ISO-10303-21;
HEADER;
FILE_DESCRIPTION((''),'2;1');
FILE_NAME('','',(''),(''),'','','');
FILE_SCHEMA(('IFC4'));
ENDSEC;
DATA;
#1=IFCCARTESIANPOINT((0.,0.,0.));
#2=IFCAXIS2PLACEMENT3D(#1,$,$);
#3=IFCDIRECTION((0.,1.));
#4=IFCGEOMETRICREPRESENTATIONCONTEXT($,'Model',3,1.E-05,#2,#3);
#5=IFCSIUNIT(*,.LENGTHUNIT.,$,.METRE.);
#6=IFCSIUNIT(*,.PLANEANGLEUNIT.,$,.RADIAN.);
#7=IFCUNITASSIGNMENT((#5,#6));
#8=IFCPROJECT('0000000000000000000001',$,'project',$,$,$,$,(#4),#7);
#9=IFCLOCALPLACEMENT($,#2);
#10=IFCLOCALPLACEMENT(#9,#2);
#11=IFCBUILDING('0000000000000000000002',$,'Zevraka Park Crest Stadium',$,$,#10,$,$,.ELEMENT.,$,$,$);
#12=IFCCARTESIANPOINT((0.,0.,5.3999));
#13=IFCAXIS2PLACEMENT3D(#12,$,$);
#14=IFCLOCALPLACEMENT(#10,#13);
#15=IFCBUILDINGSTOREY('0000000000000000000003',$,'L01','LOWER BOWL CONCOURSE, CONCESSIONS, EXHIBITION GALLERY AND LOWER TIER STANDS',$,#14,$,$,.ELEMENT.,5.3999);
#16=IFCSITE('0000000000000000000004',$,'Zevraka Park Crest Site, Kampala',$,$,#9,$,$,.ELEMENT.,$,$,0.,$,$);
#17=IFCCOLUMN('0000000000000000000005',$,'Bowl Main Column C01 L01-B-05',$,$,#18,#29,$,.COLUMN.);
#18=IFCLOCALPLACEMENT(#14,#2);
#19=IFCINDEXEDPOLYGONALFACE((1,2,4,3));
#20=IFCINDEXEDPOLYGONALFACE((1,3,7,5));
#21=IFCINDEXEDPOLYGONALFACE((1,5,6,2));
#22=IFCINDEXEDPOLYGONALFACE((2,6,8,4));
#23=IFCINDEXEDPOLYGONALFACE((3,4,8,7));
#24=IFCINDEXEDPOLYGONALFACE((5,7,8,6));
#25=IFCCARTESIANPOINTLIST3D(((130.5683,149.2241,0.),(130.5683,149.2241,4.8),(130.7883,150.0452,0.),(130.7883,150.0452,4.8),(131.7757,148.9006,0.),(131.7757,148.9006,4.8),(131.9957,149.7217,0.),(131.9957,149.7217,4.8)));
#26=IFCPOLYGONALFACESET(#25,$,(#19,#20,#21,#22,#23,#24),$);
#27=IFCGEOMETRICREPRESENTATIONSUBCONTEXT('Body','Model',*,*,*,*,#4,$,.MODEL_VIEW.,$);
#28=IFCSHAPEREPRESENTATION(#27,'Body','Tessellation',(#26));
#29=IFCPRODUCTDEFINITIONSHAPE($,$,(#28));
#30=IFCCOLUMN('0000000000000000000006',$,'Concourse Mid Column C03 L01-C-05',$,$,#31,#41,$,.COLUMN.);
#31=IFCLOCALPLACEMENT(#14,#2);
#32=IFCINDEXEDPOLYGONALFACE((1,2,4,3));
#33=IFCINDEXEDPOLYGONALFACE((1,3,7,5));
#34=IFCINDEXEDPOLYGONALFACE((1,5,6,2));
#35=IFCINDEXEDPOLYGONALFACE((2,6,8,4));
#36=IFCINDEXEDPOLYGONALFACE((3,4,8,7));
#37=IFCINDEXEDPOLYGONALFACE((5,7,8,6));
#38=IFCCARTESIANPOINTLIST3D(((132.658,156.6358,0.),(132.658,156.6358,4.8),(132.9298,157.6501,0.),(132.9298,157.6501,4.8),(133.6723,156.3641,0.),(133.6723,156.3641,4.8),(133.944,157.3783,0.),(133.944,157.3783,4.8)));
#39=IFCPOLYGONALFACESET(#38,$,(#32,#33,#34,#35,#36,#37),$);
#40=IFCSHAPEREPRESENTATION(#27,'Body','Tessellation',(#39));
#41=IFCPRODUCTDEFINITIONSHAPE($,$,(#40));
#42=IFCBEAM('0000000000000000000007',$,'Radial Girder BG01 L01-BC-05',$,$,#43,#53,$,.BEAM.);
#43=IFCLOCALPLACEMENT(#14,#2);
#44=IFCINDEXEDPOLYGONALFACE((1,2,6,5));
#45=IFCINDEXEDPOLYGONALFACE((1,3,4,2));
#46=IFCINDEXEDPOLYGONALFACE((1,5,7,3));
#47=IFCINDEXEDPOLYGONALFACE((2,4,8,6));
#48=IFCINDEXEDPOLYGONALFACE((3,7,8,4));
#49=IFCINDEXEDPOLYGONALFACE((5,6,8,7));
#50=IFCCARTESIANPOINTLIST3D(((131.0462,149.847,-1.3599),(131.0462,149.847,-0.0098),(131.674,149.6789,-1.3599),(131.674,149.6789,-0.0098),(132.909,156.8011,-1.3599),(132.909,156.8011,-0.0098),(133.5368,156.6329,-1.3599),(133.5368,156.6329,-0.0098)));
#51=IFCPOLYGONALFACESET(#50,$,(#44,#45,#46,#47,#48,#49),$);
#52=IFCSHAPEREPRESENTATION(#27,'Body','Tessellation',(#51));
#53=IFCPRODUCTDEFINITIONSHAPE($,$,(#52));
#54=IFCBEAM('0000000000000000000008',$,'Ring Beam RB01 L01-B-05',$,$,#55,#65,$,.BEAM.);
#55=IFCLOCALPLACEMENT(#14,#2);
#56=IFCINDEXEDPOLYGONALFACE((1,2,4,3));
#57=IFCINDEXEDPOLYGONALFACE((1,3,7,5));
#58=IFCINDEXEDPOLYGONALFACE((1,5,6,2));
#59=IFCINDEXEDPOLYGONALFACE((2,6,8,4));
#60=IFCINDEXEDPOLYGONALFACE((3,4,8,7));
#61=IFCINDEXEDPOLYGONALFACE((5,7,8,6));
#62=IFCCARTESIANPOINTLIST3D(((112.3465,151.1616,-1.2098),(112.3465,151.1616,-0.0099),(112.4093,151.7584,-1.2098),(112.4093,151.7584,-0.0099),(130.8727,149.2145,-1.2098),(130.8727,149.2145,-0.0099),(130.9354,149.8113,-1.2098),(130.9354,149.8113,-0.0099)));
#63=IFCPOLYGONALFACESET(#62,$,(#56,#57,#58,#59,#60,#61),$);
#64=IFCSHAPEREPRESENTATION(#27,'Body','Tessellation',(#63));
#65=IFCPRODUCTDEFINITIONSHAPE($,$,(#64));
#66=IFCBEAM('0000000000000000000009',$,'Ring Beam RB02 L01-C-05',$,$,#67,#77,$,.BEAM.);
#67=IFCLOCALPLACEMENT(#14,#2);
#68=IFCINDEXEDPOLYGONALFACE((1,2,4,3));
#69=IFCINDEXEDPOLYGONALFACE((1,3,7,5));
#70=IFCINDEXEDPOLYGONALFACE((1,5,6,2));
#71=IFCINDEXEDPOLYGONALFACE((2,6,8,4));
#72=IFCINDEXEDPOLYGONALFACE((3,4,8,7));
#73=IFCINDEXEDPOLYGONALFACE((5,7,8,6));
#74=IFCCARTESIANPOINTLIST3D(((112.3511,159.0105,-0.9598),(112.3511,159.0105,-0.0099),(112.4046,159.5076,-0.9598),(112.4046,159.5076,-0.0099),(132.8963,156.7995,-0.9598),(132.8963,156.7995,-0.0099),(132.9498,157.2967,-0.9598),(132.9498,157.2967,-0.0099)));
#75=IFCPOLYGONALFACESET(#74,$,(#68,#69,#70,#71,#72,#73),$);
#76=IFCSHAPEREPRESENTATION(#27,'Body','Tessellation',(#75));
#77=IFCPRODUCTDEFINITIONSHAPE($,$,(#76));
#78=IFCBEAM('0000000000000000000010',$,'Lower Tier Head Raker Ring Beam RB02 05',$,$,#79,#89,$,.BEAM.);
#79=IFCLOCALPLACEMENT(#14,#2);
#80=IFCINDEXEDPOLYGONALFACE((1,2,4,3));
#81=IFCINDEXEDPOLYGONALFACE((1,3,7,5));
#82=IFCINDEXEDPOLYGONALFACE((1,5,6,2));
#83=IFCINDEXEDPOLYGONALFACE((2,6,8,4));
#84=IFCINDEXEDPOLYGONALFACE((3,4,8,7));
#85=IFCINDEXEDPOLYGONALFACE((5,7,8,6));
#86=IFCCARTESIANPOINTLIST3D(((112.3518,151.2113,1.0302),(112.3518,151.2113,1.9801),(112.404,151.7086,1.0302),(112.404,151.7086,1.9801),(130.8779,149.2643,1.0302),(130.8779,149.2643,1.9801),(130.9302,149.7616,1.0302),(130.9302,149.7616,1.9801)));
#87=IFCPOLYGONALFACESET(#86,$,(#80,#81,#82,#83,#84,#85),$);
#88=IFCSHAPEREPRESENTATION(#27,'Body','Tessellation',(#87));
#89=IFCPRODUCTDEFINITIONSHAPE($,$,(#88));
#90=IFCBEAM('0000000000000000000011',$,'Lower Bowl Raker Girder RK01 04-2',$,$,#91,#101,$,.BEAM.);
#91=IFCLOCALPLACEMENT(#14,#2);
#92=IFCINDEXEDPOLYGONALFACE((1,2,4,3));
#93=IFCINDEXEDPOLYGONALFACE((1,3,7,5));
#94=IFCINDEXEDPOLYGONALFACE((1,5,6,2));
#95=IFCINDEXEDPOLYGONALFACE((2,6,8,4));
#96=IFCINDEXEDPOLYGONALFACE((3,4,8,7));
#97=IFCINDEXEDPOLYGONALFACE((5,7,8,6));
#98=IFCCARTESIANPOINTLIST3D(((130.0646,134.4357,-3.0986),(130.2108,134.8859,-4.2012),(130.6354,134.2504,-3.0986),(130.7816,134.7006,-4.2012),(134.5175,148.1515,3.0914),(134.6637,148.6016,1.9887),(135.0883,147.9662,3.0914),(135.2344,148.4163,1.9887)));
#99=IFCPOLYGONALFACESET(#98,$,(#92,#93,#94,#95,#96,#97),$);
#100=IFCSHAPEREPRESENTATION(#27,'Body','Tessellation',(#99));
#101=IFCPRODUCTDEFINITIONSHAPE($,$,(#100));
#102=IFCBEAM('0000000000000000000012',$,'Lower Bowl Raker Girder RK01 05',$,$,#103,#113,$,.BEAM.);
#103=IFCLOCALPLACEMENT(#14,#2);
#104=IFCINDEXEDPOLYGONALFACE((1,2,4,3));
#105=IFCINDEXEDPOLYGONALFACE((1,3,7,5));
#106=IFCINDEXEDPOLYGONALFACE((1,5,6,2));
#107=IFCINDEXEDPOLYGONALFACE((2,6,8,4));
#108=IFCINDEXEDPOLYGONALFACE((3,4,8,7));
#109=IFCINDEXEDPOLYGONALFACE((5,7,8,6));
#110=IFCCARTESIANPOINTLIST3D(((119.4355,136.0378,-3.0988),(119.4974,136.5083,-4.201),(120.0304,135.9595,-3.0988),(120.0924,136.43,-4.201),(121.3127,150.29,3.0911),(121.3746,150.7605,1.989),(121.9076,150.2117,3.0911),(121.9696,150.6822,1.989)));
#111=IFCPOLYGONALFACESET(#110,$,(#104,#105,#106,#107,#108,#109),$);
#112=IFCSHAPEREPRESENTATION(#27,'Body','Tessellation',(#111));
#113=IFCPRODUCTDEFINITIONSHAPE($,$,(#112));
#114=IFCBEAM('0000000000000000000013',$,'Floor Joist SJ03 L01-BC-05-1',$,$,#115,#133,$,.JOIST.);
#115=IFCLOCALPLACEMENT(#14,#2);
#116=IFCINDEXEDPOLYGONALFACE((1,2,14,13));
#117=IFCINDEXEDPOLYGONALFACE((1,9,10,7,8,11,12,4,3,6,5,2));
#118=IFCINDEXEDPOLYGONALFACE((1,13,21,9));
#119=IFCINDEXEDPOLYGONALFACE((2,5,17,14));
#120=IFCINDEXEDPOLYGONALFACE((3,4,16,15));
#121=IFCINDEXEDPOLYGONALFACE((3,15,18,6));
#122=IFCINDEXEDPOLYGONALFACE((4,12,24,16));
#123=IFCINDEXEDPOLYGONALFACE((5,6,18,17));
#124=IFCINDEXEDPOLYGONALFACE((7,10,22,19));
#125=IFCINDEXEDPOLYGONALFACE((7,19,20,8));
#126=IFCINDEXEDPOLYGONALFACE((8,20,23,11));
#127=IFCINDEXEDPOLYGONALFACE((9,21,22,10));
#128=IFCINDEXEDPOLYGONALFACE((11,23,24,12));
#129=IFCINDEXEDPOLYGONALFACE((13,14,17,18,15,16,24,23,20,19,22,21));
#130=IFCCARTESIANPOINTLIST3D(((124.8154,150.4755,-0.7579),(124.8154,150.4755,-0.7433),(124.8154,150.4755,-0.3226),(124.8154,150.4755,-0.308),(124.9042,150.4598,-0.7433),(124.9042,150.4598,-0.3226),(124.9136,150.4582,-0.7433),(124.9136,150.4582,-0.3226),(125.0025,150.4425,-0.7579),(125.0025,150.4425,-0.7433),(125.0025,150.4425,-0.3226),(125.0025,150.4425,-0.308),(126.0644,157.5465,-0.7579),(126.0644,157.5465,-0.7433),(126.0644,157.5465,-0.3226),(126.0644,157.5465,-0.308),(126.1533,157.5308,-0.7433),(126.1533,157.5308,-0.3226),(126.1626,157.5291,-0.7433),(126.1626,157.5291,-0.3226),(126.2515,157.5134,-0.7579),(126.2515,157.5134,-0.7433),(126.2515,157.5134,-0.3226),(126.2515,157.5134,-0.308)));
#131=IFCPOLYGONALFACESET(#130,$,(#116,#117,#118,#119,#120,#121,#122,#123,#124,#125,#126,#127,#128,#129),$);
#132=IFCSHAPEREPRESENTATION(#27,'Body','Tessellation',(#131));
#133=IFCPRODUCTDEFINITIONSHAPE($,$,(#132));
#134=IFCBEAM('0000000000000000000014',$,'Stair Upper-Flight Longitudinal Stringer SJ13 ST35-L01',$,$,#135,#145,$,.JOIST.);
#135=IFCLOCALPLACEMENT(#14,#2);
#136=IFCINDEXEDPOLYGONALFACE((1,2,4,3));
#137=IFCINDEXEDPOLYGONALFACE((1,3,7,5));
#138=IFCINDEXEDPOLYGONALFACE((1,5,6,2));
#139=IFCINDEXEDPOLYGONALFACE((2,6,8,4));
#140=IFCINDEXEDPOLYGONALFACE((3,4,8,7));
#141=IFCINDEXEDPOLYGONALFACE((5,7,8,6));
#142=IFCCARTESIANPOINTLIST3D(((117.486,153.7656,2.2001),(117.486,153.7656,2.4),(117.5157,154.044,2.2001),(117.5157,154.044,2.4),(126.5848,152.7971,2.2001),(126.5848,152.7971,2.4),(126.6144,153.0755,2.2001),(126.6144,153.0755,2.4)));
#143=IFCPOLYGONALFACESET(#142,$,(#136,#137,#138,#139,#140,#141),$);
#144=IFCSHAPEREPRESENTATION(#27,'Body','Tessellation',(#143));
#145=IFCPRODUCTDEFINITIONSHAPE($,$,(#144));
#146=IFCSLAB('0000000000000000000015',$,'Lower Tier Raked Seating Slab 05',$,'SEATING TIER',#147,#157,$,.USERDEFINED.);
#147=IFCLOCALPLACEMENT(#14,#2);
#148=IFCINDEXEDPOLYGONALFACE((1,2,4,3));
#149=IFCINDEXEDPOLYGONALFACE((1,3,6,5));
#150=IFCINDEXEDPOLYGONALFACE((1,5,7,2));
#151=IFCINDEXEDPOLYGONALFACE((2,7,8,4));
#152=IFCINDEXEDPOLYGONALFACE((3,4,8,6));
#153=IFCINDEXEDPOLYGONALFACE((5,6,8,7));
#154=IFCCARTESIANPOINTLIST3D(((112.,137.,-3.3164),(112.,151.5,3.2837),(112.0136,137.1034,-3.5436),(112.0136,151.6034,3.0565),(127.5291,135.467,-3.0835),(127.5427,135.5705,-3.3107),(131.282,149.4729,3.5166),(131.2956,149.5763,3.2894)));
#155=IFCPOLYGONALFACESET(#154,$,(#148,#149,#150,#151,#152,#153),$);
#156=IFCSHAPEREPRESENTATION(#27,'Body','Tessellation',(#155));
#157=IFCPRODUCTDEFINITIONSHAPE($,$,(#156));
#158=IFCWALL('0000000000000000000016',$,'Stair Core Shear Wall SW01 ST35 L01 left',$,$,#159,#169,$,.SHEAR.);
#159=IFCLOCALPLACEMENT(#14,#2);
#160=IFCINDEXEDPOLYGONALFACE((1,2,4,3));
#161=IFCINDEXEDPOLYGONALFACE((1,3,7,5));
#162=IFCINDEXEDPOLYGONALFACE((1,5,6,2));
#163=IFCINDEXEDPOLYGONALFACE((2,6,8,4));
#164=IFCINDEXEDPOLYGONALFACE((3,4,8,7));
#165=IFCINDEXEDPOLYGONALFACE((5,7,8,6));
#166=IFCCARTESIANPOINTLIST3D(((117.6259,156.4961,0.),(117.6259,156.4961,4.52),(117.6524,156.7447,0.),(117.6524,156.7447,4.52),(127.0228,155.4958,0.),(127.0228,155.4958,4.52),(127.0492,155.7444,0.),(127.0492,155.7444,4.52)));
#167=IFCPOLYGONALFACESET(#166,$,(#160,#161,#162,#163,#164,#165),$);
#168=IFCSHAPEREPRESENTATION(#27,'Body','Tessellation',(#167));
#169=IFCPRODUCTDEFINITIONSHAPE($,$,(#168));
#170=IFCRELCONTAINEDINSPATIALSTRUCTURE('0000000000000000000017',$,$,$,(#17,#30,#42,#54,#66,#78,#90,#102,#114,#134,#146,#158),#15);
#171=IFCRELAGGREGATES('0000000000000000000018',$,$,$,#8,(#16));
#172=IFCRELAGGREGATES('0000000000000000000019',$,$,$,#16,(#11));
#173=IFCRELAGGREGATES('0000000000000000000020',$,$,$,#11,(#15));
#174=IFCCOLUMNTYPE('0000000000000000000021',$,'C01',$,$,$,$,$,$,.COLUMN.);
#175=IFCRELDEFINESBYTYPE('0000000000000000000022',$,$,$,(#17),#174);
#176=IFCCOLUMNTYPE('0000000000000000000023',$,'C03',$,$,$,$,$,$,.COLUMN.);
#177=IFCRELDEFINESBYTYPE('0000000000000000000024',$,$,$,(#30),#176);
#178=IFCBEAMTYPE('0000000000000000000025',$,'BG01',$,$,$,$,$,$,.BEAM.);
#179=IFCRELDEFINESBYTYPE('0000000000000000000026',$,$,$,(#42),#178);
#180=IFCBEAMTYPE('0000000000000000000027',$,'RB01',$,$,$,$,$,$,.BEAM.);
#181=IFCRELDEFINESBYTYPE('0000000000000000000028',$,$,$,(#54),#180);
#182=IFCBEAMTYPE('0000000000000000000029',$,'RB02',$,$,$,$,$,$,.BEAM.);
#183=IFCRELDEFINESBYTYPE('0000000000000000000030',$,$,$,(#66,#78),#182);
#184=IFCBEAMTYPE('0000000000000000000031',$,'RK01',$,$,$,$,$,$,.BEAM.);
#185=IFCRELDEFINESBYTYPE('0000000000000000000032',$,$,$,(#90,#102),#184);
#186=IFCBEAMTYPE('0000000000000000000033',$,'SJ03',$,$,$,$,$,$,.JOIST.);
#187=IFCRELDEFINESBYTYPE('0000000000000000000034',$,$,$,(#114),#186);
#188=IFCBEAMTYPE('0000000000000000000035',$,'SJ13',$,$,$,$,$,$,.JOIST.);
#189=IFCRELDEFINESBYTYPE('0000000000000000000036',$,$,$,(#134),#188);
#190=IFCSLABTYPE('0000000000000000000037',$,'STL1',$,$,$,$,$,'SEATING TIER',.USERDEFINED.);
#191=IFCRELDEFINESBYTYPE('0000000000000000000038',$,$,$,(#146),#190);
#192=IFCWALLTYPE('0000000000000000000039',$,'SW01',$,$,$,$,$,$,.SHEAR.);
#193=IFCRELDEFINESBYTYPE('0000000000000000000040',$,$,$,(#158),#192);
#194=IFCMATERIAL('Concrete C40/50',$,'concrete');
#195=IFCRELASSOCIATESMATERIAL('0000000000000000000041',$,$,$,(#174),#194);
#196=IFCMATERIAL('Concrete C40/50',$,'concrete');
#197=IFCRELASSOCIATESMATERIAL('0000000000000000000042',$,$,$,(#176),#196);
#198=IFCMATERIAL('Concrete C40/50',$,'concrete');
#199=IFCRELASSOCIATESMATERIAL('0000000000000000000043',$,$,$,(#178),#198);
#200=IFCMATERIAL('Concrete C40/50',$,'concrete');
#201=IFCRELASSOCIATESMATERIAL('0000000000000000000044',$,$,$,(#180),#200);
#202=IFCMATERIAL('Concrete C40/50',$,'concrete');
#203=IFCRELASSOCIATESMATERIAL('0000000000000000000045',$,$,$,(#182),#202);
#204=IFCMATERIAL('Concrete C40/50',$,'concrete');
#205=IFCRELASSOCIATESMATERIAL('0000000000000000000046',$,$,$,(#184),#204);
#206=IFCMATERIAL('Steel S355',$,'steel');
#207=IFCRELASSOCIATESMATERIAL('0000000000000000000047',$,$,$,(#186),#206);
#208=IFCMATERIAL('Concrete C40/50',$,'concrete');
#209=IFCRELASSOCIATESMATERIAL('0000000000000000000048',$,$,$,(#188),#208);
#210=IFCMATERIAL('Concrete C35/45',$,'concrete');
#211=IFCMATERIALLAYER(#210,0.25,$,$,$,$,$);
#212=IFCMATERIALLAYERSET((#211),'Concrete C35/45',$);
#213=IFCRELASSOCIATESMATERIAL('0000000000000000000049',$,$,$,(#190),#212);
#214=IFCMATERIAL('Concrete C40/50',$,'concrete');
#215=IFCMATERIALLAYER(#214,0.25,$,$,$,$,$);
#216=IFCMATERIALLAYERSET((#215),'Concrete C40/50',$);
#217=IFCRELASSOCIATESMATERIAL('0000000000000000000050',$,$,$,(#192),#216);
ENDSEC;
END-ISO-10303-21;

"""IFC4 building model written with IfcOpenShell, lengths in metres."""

from ifc_helpers import new_model, si_unit, direction, frame, frame_2d, origin, origin_2d, place, context, subcontext, project, spatial, polyline, rectangle, i_section, outline, extrude, material, layer, layer_set, material_profile, profile_set, type_object, element, save


model = new_model("IFC4")

# Units and contexts
model_context = context("Model", 3, precision=1e-05, world=origin(), true_north=direction((0.0, 1.0)))
body_context = subcontext(model_context, "Body", "Model", "MODEL_VIEW")
ifc_project = project(units=[si_unit("LENGTHUNIT", "METRE"), si_unit("PLANEANGLEUNIT", "RADIAN")], contexts=[model_context])

# Site, building, storey
site_placement = place(None, origin())
site = spatial("IfcSite", under=ifc_project, at=site_placement, Name="Zevraka Park Crest Site, Kampala", CompositionType="ELEMENT", RefElevation=0.0)
building_placement = place(site_placement, origin())
building = spatial("IfcBuilding", under=site, at=building_placement, Name="Zevraka Park Crest Stadium", CompositionType="ELEMENT")
storey_placement = place(building_placement, frame((0.0, 0.0, 5.3999)))
storey = spatial("IfcBuildingStorey", under=building, at=storey_placement, Name="L01", Description="LOWER BOWL CONCOURSE, CONCESSIONS, EXHIBITION GALLERY AND LOWER TIER STANDS", CompositionType="ELEMENT", Elevation=5.3999)

# Columns
ifc_material_1 = material(Name="Concrete C40/50", Category="concrete")
ifc_material_profile_1 = material_profile(ifc_material_1, rectangle(XDim=0.8501, YDim=1.25, at=origin_2d()), Name="RC 1250x850")
ifc_profile_set_1 = profile_set([ifc_material_profile_1], Name="Concrete C40/50")
column_type_1 = type_object("IfcColumnType", Name="C01", PredefinedType="COLUMN", material=ifc_profile_set_1)
column_1_placement = place(storey_placement, frame((131.282, 149.4729, 0.0), z_axis=(0.0, 0.0, 1.0), x_axis=(0.258819, 0.965926, 0.0)))
element("IfcColumn", 1, at=column_1_placement, inside=storey, type_object=column_type_1, Name="Bowl Main Column C01 L01-B-05", PredefinedType="COLUMN", context=body_context, shape_type="SweptSolid", body=[
    extrude(rectangle(XDim=0.8501, YDim=1.25, at=origin_2d()), origin(), (0.0, 0.0, 1.0), 4.8),
])
ifc_material_2 = material(Name="Concrete C40/50", Category="concrete")
ifc_material_profile_2 = material_profile(ifc_material_2, rectangle(XDim=1.05, YDim=1.05, at=origin_2d()), Name="RC 1050x1050")
ifc_profile_set_2 = profile_set([ifc_material_profile_2], Name="Concrete C40/50")
column_type_2 = type_object("IfcColumnType", Name="C03", PredefinedType="COLUMN", material=ifc_profile_set_2)
column_2_placement = place(storey_placement, frame((133.301, 157.0071, 0.0), z_axis=(0.0, 0.0, 1.0), x_axis=(0.258819, 0.965926, 0.0)))
element("IfcColumn", 2, at=column_2_placement, inside=storey, type_object=column_type_2, Name="Concourse Mid Column C03 L01-C-05", PredefinedType="COLUMN", context=body_context, shape_type="SweptSolid", body=[
    extrude(rectangle(XDim=1.05, YDim=1.05, at=origin_2d()), origin(), (0.0, 0.0, 1.0), 4.8),
])

# Beams
ifc_material_3 = material(Name="Concrete C40/50", Category="concrete")
ifc_material_profile_3 = material_profile(ifc_material_3, rectangle(XDim=0.6499, YDim=1.3501, at=origin_2d()), Name="RC 1350x650")
ifc_profile_set_3 = profile_set([ifc_material_profile_3], Name="Concrete C40/50")
beam_type_1 = type_object("IfcBeamType", Name="BG01", PredefinedType="BEAM", material=ifc_profile_set_3)
beam_1_placement = place(storey_placement, frame((131.3601, 149.7629, -0.6848), z_axis=(0.258747, 0.965945, 0.0), x_axis=(-0.965945, 0.258747, 0.0)))
element("IfcBeam", 3, at=beam_1_placement, inside=storey, type_object=beam_type_1, Name="Radial Girder BG01 L01-BC-05", PredefinedType="BEAM", context=body_context, shape_type="SweptSolid", body=[
    extrude(rectangle(XDim=0.6499, YDim=1.3501, at=origin_2d()), origin(), (0.0, 0.0, 1.0), 7.1992),
])
ifc_material_4 = material(Name="Concrete C40/50", Category="concrete")
ifc_material_profile_4 = material_profile(ifc_material_4, rectangle(XDim=0.6001, YDim=1.2, at=origin_2d()), Name="RC 1200x600")
ifc_profile_set_4 = profile_set([ifc_material_profile_4], Name="Concrete C40/50")
beam_type_2 = type_object("IfcBeamType", Name="RB01", PredefinedType="BEAM", material=ifc_profile_set_4)
beam_2_placement = place(storey_placement, frame((130.9041, 149.5129, -0.6099), z_axis=(-0.994523, 0.10452, 0.0), x_axis=(-0.10452, -0.994523, 0.0)))
element("IfcBeam", 4, at=beam_2_placement, inside=storey, type_object=beam_type_2, Name="Ring Beam RB01 L01-B-05", PredefinedType="BEAM", context=body_context, shape_type="SweptSolid", body=[
    extrude(rectangle(XDim=0.6001, YDim=1.2, at=origin_2d()), origin(), (0.0, 0.0, 1.0), 18.6282),
])
ifc_material_5 = material(Name="Concrete C40/50", Category="concrete")
ifc_material_profile_5 = material_profile(ifc_material_5, rectangle(XDim=0.5, YDim=0.95, at=origin_2d()), Name="RC 950x500")
ifc_profile_set_5 = profile_set([ifc_material_profile_5], Name="Concrete C40/50")
beam_type_3 = type_object("IfcBeamType", Name="RB02", PredefinedType="BEAM", material=ifc_profile_set_5)
beam_3_placement = place(storey_placement, frame((132.9231, 157.0481, -0.4849), z_axis=(-0.994259, 0.106996, 0.0), x_axis=(-0.106996, -0.994259, 0.0)))
element("IfcBeam", 5, at=beam_3_placement, inside=storey, type_object=beam_type_3, Name="Ring Beam RB02 L01-C-05", PredefinedType="BEAM", context=body_context, shape_type="SweptSolid", body=[
    extrude(rectangle(XDim=0.5, YDim=0.95, at=origin_2d()), origin(), (0.0, 0.0, 1.0), 20.6638),
])
beam_4_placement = place(storey_placement, frame((130.9041, 149.5129, 1.5051), z_axis=(-0.994523, 0.10452, 0.0), x_axis=(-0.10452, -0.994523, 0.0)))
element("IfcBeam", 6, at=beam_4_placement, inside=storey, type_object=beam_type_3, Name="Lower Tier Head Raker Ring Beam RB02 05", PredefinedType="BEAM", context=body_context, shape_type="SweptSolid", body=[
    extrude(rectangle(XDim=0.5, YDim=0.95, at=origin_2d()), origin(), (0.0, 0.0, 1.0), 18.6282),
])
ifc_material_6 = material(Name="Concrete C40/50", Category="concrete")
ifc_material_profile_6 = material_profile(ifc_material_6, rectangle(XDim=0.6001, YDim=1.2, at=origin_2d()), Name="RC 1200x600")
ifc_profile_set_6 = profile_set([ifc_material_profile_6], Name="Concrete C40/50")
beam_type_4 = type_object("IfcBeamType", Name="RK01", PredefinedType="BEAM", material=ifc_profile_set_6)
beam_5_placement = place(storey_placement, frame((130.4231, 134.5681, -3.6499), z_axis=(0.283751, 0.874014, 0.394442), x_axis=(-0.951131, 0.308787, 0.0)))
element("IfcBeam", 7, at=beam_5_placement, inside=storey, type_object=beam_type_4, Name="Lower Bowl Raker Girder RK01 04-2", PredefinedType="BEAM", context=body_context, shape_type="SweptSolid", body=[
    extrude(rectangle(XDim=0.6001, YDim=1.2, at=origin_2d()), origin(), (0.0, 0.0, 1.0), 15.6929),
])
beam_6_placement = place(storey_placement, frame((119.7639, 136.2339, -3.6499), z_axis=(0.119938, 0.910606, 0.39549), x_axis=(-0.991437, 0.130585, 0.0)))
element("IfcBeam", 8, at=beam_6_placement, inside=storey, type_object=beam_type_4, Name="Lower Bowl Raker Girder RK01 05", PredefinedType="BEAM", context=body_context, shape_type="SweptSolid", body=[
    extrude(rectangle(XDim=0.6001, YDim=1.2, at=origin_2d()), origin(), (0.0, 0.0, 1.0), 15.6514),
])
ifc_material_7 = material(Name="Steel S355", Category="steel")
ifc_material_profile_7 = material_profile(ifc_material_7, i_section(OverallWidth=0.1899, OverallDepth=0.45, WebThickness=0.0095, FlangeThickness=0.0146, at=origin_2d()), Name="IPE 450")
ifc_profile_set_7 = profile_set([ifc_material_profile_7], Name="Steel S355")
beam_type_5 = type_object("IfcBeamType", Name="SJ03", PredefinedType="JOIST", material=ifc_profile_set_7)
beam_7_placement = place(storey_placement, frame((124.9089, 150.459, -0.533), z_axis=(0.173946, 0.984755, 0.0), x_axis=(-0.984755, 0.173946, 0.0)))
element("IfcBeam", 9, at=beam_7_placement, inside=storey, type_object=beam_type_5, Name="Floor Joist SJ03 L01-BC-05-1", PredefinedType="JOIST", context=body_context, shape_type="SweptSolid", body=[
    extrude(i_section(OverallWidth=0.1899, OverallDepth=0.45, WebThickness=0.0095, FlangeThickness=0.0146, at=origin_2d()), origin(), (0.0, 0.0, 1.0), 7.1804),
])
ifc_material_8 = material(Name="Concrete C40/50", Category="concrete")
ifc_material_profile_8 = material_profile(ifc_material_8, rectangle(XDim=0.28, YDim=0.2, at=origin_2d()), Name="RC 200x280")
ifc_profile_set_8 = profile_set([ifc_material_profile_8], Name="Concrete C40/50")
beam_type_6 = type_object("IfcBeamType", Name="SJ13", PredefinedType="JOIST", material=ifc_profile_set_8)
beam_8_placement = place(storey_placement, frame((126.5996, 152.9363, 2.3), z_axis=(-0.994382, 0.105847, 0.0), x_axis=(-0.105847, -0.994382, 0.0)))
element("IfcBeam", 10, at=beam_8_placement, inside=storey, type_object=beam_type_6, Name="Stair Upper-Flight Longitudinal Stringer SJ13 ST35-L01", PredefinedType="JOIST", context=body_context, shape_type="SweptSolid", body=[
    extrude(rectangle(XDim=0.28, YDim=0.2, at=origin_2d()), origin(), (0.0, 0.0, 1.0), 9.1501),
])

# Slab
ifc_material_9 = material(Name="Concrete C35/45", Category="concrete")
ifc_layer_1 = layer(ifc_material_9, 0.25)
ifc_layer_set_1 = layer_set([ifc_layer_1], Name="Concrete C35/45")
slab_type = type_object("IfcSlabType", Name="STL1", ElementType="SEATING TIER", PredefinedType="USERDEFINED", material=ifc_layer_set_1)
slab_placement = place(storey_placement, frame((127.5291, 135.467, -3.0835), z_axis=(-0.054466, -0.413666, 0.908798), x_axis=(-0.995052, 0.098227, -0.014924)))
element("IfcSlab", 11, at=slab_placement, inside=storey, type_object=slab_type, Name="Lower Tier Raked Seating Slab 05", ObjectType="SEATING TIER", PredefinedType="USERDEFINED", context=body_context, shape_type="SweptSolid", body=[
    extrude(outline(polyline([(0.0, 0.0), (15.6063, 0.0), (16.9321, -15.8762), (-2.4571, -15.7408), (0.0, 0.0)])), origin(), (0.0, 0.0, -1.0), 0.25),
])

# Wall
ifc_material_10 = material(Name="Concrete C40/50", Category="concrete")
ifc_layer_2 = layer(ifc_material_10, 0.25)
ifc_layer_set_2 = layer_set([ifc_layer_2], Name="Concrete C40/50")
wall_type = type_object("IfcWallType", Name="SW01", PredefinedType="SHEAR", material=ifc_layer_set_2)
wall_1_placement = place(storey_placement, frame((127.0361, 155.6201, 0.0), z_axis=(0.0, 0.0, 1.0), x_axis=(-0.994383, 0.105845, 0.0)))
element("IfcWall", 12, at=wall_1_placement, inside=storey, type_object=wall_type, Name="Stair Core Shear Wall SW01 ST35 L01 left", PredefinedType="SHEAR", context=body_context, shape_type="SweptSolid", body=[
    extrude(rectangle(XDim=9.45, YDim=0.25, at=frame_2d((4.7251, 0.0))), origin(), (0.0, 0.0, 1.0), 4.52),
])

save(model, "model.ifc")
